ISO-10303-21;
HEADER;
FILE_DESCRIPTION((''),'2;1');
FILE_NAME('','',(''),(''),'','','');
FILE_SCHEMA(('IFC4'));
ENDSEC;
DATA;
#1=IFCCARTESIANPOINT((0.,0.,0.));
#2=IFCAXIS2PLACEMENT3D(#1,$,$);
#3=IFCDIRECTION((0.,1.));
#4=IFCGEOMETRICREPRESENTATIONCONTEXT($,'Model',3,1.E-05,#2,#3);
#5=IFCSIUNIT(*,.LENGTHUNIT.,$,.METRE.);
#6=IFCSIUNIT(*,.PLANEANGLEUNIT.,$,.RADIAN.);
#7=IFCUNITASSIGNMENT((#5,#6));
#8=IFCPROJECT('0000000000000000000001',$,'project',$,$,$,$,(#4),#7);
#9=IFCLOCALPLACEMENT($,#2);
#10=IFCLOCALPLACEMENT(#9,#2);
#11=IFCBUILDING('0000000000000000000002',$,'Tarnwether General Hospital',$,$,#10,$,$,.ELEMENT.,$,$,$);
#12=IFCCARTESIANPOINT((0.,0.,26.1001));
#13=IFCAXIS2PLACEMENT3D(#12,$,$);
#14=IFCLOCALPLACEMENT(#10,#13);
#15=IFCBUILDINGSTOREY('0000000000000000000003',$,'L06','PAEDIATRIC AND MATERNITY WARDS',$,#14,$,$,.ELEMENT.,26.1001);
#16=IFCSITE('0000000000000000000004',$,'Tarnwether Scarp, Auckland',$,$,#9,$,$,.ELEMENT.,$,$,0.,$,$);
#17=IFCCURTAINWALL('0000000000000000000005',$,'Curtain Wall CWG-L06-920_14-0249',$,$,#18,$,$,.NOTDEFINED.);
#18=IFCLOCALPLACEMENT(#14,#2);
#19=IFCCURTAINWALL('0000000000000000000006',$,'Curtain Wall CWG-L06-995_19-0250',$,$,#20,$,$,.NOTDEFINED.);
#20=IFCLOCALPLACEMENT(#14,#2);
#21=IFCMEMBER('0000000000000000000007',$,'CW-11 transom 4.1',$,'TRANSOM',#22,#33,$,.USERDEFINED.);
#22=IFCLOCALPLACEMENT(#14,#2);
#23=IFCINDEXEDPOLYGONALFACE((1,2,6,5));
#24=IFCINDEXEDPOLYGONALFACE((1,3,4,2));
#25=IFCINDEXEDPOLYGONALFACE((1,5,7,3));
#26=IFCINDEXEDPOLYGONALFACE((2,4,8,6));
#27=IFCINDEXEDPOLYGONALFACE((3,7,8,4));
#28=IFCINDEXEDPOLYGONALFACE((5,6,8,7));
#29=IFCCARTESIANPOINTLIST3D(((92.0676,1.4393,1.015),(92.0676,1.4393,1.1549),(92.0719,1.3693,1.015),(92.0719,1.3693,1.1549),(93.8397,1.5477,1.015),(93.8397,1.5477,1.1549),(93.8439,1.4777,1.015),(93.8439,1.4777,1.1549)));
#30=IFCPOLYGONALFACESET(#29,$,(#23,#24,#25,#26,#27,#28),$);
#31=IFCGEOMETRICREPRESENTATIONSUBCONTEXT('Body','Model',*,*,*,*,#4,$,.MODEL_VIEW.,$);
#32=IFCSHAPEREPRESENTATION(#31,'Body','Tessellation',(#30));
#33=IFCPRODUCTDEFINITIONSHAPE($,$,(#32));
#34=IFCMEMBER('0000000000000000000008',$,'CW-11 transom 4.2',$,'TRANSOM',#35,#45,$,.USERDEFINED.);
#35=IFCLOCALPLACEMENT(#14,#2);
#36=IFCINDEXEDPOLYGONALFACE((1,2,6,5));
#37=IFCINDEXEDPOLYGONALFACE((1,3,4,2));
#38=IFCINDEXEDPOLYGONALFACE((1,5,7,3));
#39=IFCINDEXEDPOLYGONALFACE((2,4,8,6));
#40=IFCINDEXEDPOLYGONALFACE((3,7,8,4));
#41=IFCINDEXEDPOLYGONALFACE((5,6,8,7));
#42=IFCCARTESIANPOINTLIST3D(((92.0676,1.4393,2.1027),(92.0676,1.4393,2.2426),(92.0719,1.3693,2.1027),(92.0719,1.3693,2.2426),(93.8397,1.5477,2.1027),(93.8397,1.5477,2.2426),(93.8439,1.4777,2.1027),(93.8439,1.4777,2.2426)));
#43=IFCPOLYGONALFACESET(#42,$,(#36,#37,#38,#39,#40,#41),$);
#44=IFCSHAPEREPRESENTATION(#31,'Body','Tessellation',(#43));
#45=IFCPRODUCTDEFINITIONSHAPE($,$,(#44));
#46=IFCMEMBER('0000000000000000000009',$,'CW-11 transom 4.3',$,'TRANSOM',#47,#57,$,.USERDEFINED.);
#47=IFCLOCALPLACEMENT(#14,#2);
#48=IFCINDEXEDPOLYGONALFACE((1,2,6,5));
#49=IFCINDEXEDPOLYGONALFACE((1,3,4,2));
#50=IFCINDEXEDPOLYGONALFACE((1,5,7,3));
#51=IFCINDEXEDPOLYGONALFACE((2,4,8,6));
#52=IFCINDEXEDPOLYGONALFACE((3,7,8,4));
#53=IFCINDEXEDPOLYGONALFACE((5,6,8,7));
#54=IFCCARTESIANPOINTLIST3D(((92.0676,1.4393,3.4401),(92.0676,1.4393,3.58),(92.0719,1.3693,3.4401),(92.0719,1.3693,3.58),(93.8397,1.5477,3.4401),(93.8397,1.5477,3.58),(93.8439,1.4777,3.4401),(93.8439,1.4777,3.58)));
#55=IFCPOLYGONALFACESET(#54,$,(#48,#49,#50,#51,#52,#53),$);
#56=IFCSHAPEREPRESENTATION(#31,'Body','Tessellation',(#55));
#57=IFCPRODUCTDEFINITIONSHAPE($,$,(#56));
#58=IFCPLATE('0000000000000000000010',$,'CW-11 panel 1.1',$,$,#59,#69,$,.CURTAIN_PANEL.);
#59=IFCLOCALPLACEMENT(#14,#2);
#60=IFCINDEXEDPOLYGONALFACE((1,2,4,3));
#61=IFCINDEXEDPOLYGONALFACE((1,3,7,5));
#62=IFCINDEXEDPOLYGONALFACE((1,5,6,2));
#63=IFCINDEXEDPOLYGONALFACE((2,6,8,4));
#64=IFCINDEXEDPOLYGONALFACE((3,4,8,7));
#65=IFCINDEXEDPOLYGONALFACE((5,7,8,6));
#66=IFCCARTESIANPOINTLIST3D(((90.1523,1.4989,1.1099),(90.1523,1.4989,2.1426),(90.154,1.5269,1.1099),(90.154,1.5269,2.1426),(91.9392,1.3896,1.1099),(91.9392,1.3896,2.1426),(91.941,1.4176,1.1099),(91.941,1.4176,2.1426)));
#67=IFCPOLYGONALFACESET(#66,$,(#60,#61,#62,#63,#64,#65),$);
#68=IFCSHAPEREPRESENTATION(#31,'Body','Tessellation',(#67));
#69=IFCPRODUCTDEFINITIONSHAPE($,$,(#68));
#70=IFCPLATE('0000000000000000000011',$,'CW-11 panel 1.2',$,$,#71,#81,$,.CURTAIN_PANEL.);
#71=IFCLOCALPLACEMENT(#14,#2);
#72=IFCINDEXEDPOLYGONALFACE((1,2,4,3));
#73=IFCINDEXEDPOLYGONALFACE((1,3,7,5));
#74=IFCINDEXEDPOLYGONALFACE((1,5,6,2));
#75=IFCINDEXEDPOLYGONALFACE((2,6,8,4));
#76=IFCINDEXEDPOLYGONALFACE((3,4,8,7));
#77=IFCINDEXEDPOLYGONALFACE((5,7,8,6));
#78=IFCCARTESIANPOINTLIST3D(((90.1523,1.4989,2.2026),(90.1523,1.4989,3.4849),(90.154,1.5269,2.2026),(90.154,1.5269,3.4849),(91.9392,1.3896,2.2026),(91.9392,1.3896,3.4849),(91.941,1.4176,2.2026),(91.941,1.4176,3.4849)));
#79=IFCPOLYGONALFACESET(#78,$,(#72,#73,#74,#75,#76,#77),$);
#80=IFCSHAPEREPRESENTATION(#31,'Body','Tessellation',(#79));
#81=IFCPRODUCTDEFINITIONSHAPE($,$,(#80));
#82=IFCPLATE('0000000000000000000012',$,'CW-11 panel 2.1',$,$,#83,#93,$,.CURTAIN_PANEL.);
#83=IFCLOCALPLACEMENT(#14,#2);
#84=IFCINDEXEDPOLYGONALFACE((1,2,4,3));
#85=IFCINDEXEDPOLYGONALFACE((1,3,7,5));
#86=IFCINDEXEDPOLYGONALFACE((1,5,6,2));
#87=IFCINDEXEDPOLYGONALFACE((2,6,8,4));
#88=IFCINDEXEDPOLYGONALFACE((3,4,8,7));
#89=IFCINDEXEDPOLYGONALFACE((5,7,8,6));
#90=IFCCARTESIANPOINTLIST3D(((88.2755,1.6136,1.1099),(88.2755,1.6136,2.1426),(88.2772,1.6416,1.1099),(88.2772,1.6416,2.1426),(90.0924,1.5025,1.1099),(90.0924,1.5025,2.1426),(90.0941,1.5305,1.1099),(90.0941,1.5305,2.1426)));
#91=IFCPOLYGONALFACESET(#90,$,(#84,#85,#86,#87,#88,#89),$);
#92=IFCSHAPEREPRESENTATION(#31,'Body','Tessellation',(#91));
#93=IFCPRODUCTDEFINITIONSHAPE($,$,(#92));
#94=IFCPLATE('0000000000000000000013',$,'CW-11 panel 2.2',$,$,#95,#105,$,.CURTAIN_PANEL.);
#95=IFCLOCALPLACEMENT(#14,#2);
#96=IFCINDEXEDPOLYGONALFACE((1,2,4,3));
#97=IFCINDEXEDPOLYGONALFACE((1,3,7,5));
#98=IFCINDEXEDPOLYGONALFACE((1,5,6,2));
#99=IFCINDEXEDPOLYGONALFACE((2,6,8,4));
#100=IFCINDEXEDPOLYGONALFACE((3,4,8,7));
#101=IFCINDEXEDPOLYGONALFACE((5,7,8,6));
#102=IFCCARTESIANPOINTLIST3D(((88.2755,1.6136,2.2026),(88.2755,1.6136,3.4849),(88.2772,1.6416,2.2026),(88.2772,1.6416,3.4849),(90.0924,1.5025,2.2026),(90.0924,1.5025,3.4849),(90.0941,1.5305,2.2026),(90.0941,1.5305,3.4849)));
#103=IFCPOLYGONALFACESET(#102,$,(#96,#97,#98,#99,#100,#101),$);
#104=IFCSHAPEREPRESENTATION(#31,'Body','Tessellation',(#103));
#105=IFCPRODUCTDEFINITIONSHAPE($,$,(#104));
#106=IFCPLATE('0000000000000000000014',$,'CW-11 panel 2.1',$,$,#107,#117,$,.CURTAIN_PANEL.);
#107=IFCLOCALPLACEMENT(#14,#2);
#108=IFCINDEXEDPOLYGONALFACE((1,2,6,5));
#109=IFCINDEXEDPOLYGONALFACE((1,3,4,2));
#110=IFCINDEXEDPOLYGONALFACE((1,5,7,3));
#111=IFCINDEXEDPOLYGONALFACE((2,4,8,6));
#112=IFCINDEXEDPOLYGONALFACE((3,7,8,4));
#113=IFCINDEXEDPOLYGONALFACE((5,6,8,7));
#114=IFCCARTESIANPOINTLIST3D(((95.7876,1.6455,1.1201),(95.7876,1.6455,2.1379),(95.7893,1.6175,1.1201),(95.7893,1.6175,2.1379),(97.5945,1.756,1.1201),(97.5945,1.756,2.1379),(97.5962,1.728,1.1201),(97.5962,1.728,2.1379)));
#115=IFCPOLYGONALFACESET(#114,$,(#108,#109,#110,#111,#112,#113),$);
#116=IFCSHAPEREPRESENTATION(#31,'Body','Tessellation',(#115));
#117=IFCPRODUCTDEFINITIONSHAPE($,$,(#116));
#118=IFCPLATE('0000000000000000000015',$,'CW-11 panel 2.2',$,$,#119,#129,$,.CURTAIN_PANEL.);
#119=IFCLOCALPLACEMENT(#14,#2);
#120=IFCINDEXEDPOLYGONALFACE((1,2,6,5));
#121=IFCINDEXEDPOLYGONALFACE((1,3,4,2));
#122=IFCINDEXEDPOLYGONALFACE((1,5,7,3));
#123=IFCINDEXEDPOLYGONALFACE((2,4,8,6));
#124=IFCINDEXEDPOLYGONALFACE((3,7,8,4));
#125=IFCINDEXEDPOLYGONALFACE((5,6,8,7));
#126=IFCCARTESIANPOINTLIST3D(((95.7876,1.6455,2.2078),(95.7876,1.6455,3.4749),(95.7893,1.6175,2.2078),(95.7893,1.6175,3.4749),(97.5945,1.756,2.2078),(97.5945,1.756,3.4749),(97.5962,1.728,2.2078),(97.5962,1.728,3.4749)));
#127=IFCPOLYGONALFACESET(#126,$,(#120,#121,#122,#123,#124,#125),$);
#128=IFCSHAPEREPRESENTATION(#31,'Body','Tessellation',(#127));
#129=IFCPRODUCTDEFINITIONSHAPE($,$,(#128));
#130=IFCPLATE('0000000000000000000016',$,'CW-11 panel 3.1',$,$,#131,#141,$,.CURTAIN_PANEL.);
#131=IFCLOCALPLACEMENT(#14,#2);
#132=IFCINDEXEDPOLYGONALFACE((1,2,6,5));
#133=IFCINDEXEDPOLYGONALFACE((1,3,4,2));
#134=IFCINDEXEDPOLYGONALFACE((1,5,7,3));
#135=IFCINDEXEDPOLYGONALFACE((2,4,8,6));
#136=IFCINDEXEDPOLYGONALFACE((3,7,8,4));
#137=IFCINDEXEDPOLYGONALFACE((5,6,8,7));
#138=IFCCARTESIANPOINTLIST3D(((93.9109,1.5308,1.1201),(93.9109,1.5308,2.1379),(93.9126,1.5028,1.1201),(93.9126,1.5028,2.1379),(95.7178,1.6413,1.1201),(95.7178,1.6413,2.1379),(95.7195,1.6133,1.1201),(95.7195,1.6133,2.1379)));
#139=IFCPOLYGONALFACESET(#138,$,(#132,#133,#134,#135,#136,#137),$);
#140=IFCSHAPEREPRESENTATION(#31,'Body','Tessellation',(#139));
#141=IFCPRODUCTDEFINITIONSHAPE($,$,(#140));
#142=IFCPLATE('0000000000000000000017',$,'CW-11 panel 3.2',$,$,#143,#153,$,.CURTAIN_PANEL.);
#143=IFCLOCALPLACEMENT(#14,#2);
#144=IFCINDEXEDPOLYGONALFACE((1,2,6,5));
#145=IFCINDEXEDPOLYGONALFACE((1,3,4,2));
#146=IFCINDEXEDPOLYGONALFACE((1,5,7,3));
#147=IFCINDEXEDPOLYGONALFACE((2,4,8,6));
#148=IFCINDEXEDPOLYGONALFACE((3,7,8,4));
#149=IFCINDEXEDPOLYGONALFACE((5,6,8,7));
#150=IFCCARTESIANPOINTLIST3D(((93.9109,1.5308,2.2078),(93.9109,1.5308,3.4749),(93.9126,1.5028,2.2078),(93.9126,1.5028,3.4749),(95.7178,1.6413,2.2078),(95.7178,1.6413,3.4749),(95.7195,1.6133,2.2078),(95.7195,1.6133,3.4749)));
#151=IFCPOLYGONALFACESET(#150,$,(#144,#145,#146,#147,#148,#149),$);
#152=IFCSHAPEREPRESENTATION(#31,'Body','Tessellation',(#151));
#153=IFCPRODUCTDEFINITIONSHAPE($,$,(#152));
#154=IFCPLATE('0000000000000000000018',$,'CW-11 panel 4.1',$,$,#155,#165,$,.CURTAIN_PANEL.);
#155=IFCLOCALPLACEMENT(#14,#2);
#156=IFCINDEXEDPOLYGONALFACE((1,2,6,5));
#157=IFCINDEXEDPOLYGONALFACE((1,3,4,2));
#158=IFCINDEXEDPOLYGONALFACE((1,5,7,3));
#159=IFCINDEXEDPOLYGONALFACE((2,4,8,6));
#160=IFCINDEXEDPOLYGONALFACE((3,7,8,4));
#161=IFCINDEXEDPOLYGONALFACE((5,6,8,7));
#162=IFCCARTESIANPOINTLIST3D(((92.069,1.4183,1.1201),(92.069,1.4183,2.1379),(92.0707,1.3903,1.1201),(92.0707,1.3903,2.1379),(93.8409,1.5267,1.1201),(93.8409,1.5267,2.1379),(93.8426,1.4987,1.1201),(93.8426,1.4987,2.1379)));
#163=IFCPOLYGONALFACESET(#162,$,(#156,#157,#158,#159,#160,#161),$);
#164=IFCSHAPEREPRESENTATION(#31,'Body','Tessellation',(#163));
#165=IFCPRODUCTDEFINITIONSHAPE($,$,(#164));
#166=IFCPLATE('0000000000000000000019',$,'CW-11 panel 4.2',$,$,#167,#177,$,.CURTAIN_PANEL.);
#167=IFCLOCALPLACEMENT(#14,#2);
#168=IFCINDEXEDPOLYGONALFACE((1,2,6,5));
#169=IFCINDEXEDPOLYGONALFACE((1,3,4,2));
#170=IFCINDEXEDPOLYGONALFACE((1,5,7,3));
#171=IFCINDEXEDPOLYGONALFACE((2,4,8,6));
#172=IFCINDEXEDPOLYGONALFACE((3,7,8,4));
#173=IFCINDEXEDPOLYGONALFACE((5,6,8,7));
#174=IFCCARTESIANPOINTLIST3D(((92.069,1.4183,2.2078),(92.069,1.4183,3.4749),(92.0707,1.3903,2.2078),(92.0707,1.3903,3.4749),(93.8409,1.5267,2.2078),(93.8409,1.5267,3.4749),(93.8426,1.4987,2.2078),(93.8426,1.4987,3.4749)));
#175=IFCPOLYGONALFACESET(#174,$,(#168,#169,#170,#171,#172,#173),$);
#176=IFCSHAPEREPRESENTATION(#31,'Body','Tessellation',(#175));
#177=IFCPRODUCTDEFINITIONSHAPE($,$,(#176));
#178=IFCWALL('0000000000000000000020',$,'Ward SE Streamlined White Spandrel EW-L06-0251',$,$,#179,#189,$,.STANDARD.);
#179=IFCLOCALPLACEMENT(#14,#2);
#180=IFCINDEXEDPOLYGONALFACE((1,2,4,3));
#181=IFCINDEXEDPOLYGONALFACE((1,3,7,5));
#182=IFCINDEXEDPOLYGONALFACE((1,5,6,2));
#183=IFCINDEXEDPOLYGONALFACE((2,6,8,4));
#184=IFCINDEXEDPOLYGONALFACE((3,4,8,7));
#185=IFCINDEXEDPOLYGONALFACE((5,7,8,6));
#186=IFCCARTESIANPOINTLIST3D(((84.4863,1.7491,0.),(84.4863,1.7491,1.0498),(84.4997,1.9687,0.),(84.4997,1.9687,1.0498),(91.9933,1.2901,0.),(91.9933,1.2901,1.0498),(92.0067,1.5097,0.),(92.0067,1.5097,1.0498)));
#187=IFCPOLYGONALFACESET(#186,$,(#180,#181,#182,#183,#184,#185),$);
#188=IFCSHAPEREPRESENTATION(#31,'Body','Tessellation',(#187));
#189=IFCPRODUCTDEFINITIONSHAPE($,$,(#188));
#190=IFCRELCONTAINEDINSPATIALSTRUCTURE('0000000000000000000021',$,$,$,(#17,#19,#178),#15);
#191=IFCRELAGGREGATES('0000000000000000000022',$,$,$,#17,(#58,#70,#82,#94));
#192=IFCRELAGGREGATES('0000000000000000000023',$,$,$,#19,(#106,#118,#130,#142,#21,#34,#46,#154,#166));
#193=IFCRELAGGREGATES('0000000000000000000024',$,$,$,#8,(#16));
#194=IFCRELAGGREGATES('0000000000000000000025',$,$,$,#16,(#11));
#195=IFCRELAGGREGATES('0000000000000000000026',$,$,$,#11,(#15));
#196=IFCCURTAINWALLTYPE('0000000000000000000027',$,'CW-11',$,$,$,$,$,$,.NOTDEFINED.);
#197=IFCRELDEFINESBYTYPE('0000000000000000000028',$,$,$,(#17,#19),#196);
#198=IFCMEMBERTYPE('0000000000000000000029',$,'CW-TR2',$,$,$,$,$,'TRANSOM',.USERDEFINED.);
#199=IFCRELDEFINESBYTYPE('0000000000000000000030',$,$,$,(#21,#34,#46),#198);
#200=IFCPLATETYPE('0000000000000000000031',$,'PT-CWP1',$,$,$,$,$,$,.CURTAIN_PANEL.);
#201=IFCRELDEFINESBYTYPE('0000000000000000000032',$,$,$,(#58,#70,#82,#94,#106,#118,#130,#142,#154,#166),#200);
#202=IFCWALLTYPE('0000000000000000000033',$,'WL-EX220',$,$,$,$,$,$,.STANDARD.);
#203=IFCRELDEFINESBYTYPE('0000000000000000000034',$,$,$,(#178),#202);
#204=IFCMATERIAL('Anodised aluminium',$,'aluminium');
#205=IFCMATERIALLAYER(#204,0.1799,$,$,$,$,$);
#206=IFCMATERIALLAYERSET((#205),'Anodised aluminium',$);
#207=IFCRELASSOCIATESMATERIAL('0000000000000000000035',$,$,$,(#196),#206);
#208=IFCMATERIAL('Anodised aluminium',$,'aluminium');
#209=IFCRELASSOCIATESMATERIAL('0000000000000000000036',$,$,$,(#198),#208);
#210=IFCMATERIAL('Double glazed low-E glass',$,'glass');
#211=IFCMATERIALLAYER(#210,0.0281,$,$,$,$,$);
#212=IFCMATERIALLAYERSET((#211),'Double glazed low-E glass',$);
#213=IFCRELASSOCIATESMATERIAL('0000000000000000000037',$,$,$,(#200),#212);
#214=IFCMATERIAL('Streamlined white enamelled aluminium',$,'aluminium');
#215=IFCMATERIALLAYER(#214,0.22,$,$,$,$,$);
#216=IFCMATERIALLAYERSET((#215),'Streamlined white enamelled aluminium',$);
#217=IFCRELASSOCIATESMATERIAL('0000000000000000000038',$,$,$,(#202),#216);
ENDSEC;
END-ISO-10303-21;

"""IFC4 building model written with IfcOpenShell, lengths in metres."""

from ifc_helpers import new_model, si_unit, direction, frame, frame_2d, origin, origin_2d, place, context, subcontext, project, spatial, rectangle, extrude, material, layer, layer_set, material_profile, profile_set, type_object, element, aggregate, save


model = new_model("IFC4")

# Units and contexts
model_context = context("Model", 3, precision=1e-05, world=origin(), true_north=direction((0.0, 1.0)))
body_context = subcontext(model_context, "Body", "Model", "MODEL_VIEW")
ifc_project = project(units=[si_unit("LENGTHUNIT", "METRE"), si_unit("PLANEANGLEUNIT", "RADIAN")], contexts=[model_context])

# Site, building, storey
site_placement = place(None, origin())
site = spatial("IfcSite", under=ifc_project, at=site_placement, Name="Tarnwether Scarp, Auckland", CompositionType="ELEMENT", RefElevation=0.0)
building_placement = place(site_placement, origin())
building = spatial("IfcBuilding", under=site, at=building_placement, Name="Tarnwether General Hospital", CompositionType="ELEMENT")
storey_placement = place(building_placement, frame((0.0, 0.0, 26.1001)))
storey = spatial("IfcBuildingStorey", under=building, at=storey_placement, Name="L06", Description="PAEDIATRIC AND MATERNITY WARDS", CompositionType="ELEMENT", Elevation=26.1001)

# Curtain walls
ifc_material_1 = material(Name="Anodised aluminium", Category="aluminium")
ifc_layer_1 = layer(ifc_material_1, 0.1799)
ifc_layer_set_1 = layer_set([ifc_layer_1], Name="Anodised aluminium")
curtain_wall_type = type_object("IfcCurtainWallType", Name="CW-11", PredefinedType="NOTDEFINED", material=ifc_layer_set_1)
curtain_wall_1_placement = place(storey_placement, origin())
curtain_wall_1 = element("IfcCurtainWall", 1, at=curtain_wall_1_placement, inside=storey, type_object=curtain_wall_type, Name="Curtain Wall CWG-L06-920_14-0249", PredefinedType="NOTDEFINED")
curtain_wall_2_placement = place(storey_placement, origin())
curtain_wall_2 = element("IfcCurtainWall", 2, at=curtain_wall_2_placement, inside=storey, type_object=curtain_wall_type, Name="Curtain Wall CWG-L06-995_19-0250", PredefinedType="NOTDEFINED")

# Members
ifc_material_2 = material(Name="Anodised aluminium", Category="aluminium")
ifc_material_profile_1 = material_profile(ifc_material_2, rectangle(XDim=0.0701, YDim=0.1399, at=origin_2d()), Name="ALU-TRN-70x140")
ifc_profile_set_1 = profile_set([ifc_material_profile_1], Name="Anodised aluminium")
member_type_1 = type_object("IfcMemberType", Name="CW-TR2", ElementType="TRANSOM", PredefinedType="USERDEFINED", material=ifc_profile_set_1)
member_1_placement = place(storey_placement, frame((93.8418, 1.5127, 1.085), z_axis=(-0.998134, -0.06106, 0.0), x_axis=(0.06106, -0.998134, 0.0)))
member_1 = element("IfcMember", 3, at=member_1_placement, type_object=member_type_1, Name="CW-11 transom 4.1", ObjectType="TRANSOM", PredefinedType="USERDEFINED", context=body_context, shape_type="SweptSolid", body=[
    extrude(rectangle(XDim=0.0701, YDim=0.1399, at=origin_2d()), origin(), (0.0, 0.0, 1.0), 1.7754),
])
member_2_placement = place(storey_placement, frame((93.8418, 1.5127, 2.1726), z_axis=(-0.998134, -0.06106, 0.0), x_axis=(0.06106, -0.998134, 0.0)))
member_2 = element("IfcMember", 4, at=member_2_placement, type_object=member_type_1, Name="CW-11 transom 4.2", ObjectType="TRANSOM", PredefinedType="USERDEFINED", context=body_context, shape_type="SweptSolid", body=[
    extrude(rectangle(XDim=0.0701, YDim=0.1399, at=origin_2d()), origin(), (0.0, 0.0, 1.0), 1.7754),
])
member_3_placement = place(storey_placement, frame((93.8418, 1.5127, 3.51), z_axis=(-0.998134, -0.06106, 0.0), x_axis=(0.06106, -0.998134, 0.0)))
member_3 = element("IfcMember", 5, at=member_3_placement, type_object=member_type_1, Name="CW-11 transom 4.3", ObjectType="TRANSOM", PredefinedType="USERDEFINED", context=body_context, shape_type="SweptSolid", body=[
    extrude(rectangle(XDim=0.0701, YDim=0.1399, at=origin_2d()), origin(), (0.0, 0.0, 1.0), 1.7754),
])

# Plates
ifc_material_3 = material(Name="Double glazed low-E glass", Category="glass")
ifc_layer_2 = layer(ifc_material_3, 0.0281)
ifc_layer_set_2 = layer_set([ifc_layer_2], Name="Double glazed low-E glass")
plate_type = type_object("IfcPlateType", Name="PT-CWP1", PredefinedType="CURTAIN_PANEL", material=ifc_layer_set_2)
plate_1_placement = place(storey_placement, frame((91.0466, 1.4583, 1.1099), z_axis=(0.0, 0.0, 1.0), x_axis=(-0.998136, 0.061029, 0.0)))
plate_1 = element("IfcPlate", 6, at=plate_1_placement, type_object=plate_type, Name="CW-11 panel 1.1", PredefinedType="CURTAIN_PANEL", context=body_context, shape_type="SweptSolid", body=[
    extrude(rectangle(XDim=1.7903, YDim=0.0281, at=origin_2d()), origin(), (0.0, 0.0, 1.0), 1.0327),
])
plate_2_placement = place(storey_placement, frame((91.0466, 1.4583, 2.2026), z_axis=(0.0, 0.0, 1.0), x_axis=(-0.998136, 0.061029, 0.0)))
plate_2 = element("IfcPlate", 7, at=plate_2_placement, type_object=plate_type, Name="CW-11 panel 1.2", PredefinedType="CURTAIN_PANEL", context=body_context, shape_type="SweptSolid", body=[
    extrude(rectangle(XDim=1.7903, YDim=0.0281, at=origin_2d()), origin(), (0.0, 0.0, 1.0), 1.2822),
])
plate_3_placement = place(storey_placement, frame((89.1848, 1.572, 1.1099), z_axis=(0.0, 0.0, 1.0), x_axis=(-0.998136, 0.061029, 0.0)))
plate_3 = element("IfcPlate", 8, at=plate_3_placement, type_object=plate_type, Name="CW-11 panel 2.1", PredefinedType="CURTAIN_PANEL", context=body_context, shape_type="SweptSolid", body=[
    extrude(rectangle(XDim=1.8203, YDim=0.0281, at=origin_2d()), origin(), (0.0, 0.0, 1.0), 1.0327),
])
plate_4_placement = place(storey_placement, frame((89.1848, 1.572, 2.2026), z_axis=(0.0, 0.0, 1.0), x_axis=(-0.998136, 0.061029, 0.0)))
plate_4 = element("IfcPlate", 9, at=plate_4_placement, type_object=plate_type, Name="CW-11 panel 2.2", PredefinedType="CURTAIN_PANEL", context=body_context, shape_type="SweptSolid", body=[
    extrude(rectangle(XDim=1.8203, YDim=0.0281, at=origin_2d()), origin(), (0.0, 0.0, 1.0), 1.2822),
])
aggregate(curtain_wall_1, [plate_1, plate_2, plate_3, plate_4])
plate_5_placement = place(storey_placement, frame((96.6919, 1.6868, 1.1201), z_axis=(0.0, 0.0, 1.0), x_axis=(-0.998136, -0.061029, 0.0)))
plate_5 = element("IfcPlate", 10, at=plate_5_placement, type_object=plate_type, Name="CW-11 panel 2.1", PredefinedType="CURTAIN_PANEL", context=body_context, shape_type="SweptSolid", body=[
    extrude(rectangle(XDim=1.8103, YDim=0.0281, at=origin_2d()), origin(), (0.0, 0.0, 1.0), 1.0178),
])
plate_6_placement = place(storey_placement, frame((96.6919, 1.6868, 2.2078), z_axis=(0.0, 0.0, 1.0), x_axis=(-0.998136, -0.061029, 0.0)))
plate_6 = element("IfcPlate", 11, at=plate_6_placement, type_object=plate_type, Name="CW-11 panel 2.2", PredefinedType="CURTAIN_PANEL", context=body_context, shape_type="SweptSolid", body=[
    extrude(rectangle(XDim=1.8103, YDim=0.0281, at=origin_2d()), origin(), (0.0, 0.0, 1.0), 1.2671),
])
plate_7_placement = place(storey_placement, frame((94.8152, 1.572, 1.1201), z_axis=(0.0, 0.0, 1.0), x_axis=(-0.998136, -0.061029, 0.0)))
plate_7 = element("IfcPlate", 12, at=plate_7_placement, type_object=plate_type, Name="CW-11 panel 3.1", PredefinedType="CURTAIN_PANEL", context=body_context, shape_type="SweptSolid", body=[
    extrude(rectangle(XDim=1.8103, YDim=0.0281, at=origin_2d()), origin(), (0.0, 0.0, 1.0), 1.0178),
])
plate_8_placement = place(storey_placement, frame((94.8152, 1.572, 2.2078), z_axis=(0.0, 0.0, 1.0), x_axis=(-0.998136, -0.061029, 0.0)))
plate_8 = element("IfcPlate", 13, at=plate_8_placement, type_object=plate_type, Name="CW-11 panel 3.2", PredefinedType="CURTAIN_PANEL", context=body_context, shape_type="SweptSolid", body=[
    extrude(rectangle(XDim=1.8103, YDim=0.0281, at=origin_2d()), origin(), (0.0, 0.0, 1.0), 1.2671),
])
plate_9_placement = place(storey_placement, frame((92.9558, 1.4585, 1.1201), z_axis=(0.0, 0.0, 1.0), x_axis=(-0.998136, -0.061029, 0.0)))
plate_9 = element("IfcPlate", 14, at=plate_9_placement, type_object=plate_type, Name="CW-11 panel 4.1", PredefinedType="CURTAIN_PANEL", context=body_context, shape_type="SweptSolid", body=[
    extrude(rectangle(XDim=1.7751, YDim=0.0281, at=origin_2d()), origin(), (0.0, 0.0, 1.0), 1.0178),
])
plate_10_placement = place(storey_placement, frame((92.9558, 1.4585, 2.2078), z_axis=(0.0, 0.0, 1.0), x_axis=(-0.998136, -0.061029, 0.0)))
plate_10 = element("IfcPlate", 15, at=plate_10_placement, type_object=plate_type, Name="CW-11 panel 4.2", PredefinedType="CURTAIN_PANEL", context=body_context, shape_type="SweptSolid", body=[
    extrude(rectangle(XDim=1.7751, YDim=0.0281, at=origin_2d()), origin(), (0.0, 0.0, 1.0), 1.2671),
])
aggregate(curtain_wall_2, [plate_5, plate_6, plate_7, plate_8, member_1, member_2, member_3, plate_9, plate_10])

# Wall
ifc_material_4 = material(Name="Streamlined white enamelled aluminium", Category="aluminium")
ifc_layer_3 = layer(ifc_material_4, 0.22)
ifc_layer_set_3 = layer_set([ifc_layer_3], Name="Streamlined white enamelled aluminium")
wall_type = type_object("IfcWallType", Name="WL-EX220", PredefinedType="STANDARD", material=ifc_layer_set_3)
wall_placement = place(storey_placement, frame((92.0, 1.3999, 0.0), z_axis=(0.0, 0.0, 1.0), x_axis=(-0.998136, 0.061026, 0.0)))
element("IfcWall", 16, at=wall_placement, inside=storey, type_object=wall_type, Name="Ward SE Streamlined White Spandrel EW-L06-0251", PredefinedType="STANDARD", context=body_context, shape_type="SweptSolid", body=[
    extrude(rectangle(XDim=7.521, YDim=0.22, at=frame_2d((3.7605, 0.0))), origin(), (0.0, 0.0, 1.0), 1.0498),
])

save(model, "model.ifc")
